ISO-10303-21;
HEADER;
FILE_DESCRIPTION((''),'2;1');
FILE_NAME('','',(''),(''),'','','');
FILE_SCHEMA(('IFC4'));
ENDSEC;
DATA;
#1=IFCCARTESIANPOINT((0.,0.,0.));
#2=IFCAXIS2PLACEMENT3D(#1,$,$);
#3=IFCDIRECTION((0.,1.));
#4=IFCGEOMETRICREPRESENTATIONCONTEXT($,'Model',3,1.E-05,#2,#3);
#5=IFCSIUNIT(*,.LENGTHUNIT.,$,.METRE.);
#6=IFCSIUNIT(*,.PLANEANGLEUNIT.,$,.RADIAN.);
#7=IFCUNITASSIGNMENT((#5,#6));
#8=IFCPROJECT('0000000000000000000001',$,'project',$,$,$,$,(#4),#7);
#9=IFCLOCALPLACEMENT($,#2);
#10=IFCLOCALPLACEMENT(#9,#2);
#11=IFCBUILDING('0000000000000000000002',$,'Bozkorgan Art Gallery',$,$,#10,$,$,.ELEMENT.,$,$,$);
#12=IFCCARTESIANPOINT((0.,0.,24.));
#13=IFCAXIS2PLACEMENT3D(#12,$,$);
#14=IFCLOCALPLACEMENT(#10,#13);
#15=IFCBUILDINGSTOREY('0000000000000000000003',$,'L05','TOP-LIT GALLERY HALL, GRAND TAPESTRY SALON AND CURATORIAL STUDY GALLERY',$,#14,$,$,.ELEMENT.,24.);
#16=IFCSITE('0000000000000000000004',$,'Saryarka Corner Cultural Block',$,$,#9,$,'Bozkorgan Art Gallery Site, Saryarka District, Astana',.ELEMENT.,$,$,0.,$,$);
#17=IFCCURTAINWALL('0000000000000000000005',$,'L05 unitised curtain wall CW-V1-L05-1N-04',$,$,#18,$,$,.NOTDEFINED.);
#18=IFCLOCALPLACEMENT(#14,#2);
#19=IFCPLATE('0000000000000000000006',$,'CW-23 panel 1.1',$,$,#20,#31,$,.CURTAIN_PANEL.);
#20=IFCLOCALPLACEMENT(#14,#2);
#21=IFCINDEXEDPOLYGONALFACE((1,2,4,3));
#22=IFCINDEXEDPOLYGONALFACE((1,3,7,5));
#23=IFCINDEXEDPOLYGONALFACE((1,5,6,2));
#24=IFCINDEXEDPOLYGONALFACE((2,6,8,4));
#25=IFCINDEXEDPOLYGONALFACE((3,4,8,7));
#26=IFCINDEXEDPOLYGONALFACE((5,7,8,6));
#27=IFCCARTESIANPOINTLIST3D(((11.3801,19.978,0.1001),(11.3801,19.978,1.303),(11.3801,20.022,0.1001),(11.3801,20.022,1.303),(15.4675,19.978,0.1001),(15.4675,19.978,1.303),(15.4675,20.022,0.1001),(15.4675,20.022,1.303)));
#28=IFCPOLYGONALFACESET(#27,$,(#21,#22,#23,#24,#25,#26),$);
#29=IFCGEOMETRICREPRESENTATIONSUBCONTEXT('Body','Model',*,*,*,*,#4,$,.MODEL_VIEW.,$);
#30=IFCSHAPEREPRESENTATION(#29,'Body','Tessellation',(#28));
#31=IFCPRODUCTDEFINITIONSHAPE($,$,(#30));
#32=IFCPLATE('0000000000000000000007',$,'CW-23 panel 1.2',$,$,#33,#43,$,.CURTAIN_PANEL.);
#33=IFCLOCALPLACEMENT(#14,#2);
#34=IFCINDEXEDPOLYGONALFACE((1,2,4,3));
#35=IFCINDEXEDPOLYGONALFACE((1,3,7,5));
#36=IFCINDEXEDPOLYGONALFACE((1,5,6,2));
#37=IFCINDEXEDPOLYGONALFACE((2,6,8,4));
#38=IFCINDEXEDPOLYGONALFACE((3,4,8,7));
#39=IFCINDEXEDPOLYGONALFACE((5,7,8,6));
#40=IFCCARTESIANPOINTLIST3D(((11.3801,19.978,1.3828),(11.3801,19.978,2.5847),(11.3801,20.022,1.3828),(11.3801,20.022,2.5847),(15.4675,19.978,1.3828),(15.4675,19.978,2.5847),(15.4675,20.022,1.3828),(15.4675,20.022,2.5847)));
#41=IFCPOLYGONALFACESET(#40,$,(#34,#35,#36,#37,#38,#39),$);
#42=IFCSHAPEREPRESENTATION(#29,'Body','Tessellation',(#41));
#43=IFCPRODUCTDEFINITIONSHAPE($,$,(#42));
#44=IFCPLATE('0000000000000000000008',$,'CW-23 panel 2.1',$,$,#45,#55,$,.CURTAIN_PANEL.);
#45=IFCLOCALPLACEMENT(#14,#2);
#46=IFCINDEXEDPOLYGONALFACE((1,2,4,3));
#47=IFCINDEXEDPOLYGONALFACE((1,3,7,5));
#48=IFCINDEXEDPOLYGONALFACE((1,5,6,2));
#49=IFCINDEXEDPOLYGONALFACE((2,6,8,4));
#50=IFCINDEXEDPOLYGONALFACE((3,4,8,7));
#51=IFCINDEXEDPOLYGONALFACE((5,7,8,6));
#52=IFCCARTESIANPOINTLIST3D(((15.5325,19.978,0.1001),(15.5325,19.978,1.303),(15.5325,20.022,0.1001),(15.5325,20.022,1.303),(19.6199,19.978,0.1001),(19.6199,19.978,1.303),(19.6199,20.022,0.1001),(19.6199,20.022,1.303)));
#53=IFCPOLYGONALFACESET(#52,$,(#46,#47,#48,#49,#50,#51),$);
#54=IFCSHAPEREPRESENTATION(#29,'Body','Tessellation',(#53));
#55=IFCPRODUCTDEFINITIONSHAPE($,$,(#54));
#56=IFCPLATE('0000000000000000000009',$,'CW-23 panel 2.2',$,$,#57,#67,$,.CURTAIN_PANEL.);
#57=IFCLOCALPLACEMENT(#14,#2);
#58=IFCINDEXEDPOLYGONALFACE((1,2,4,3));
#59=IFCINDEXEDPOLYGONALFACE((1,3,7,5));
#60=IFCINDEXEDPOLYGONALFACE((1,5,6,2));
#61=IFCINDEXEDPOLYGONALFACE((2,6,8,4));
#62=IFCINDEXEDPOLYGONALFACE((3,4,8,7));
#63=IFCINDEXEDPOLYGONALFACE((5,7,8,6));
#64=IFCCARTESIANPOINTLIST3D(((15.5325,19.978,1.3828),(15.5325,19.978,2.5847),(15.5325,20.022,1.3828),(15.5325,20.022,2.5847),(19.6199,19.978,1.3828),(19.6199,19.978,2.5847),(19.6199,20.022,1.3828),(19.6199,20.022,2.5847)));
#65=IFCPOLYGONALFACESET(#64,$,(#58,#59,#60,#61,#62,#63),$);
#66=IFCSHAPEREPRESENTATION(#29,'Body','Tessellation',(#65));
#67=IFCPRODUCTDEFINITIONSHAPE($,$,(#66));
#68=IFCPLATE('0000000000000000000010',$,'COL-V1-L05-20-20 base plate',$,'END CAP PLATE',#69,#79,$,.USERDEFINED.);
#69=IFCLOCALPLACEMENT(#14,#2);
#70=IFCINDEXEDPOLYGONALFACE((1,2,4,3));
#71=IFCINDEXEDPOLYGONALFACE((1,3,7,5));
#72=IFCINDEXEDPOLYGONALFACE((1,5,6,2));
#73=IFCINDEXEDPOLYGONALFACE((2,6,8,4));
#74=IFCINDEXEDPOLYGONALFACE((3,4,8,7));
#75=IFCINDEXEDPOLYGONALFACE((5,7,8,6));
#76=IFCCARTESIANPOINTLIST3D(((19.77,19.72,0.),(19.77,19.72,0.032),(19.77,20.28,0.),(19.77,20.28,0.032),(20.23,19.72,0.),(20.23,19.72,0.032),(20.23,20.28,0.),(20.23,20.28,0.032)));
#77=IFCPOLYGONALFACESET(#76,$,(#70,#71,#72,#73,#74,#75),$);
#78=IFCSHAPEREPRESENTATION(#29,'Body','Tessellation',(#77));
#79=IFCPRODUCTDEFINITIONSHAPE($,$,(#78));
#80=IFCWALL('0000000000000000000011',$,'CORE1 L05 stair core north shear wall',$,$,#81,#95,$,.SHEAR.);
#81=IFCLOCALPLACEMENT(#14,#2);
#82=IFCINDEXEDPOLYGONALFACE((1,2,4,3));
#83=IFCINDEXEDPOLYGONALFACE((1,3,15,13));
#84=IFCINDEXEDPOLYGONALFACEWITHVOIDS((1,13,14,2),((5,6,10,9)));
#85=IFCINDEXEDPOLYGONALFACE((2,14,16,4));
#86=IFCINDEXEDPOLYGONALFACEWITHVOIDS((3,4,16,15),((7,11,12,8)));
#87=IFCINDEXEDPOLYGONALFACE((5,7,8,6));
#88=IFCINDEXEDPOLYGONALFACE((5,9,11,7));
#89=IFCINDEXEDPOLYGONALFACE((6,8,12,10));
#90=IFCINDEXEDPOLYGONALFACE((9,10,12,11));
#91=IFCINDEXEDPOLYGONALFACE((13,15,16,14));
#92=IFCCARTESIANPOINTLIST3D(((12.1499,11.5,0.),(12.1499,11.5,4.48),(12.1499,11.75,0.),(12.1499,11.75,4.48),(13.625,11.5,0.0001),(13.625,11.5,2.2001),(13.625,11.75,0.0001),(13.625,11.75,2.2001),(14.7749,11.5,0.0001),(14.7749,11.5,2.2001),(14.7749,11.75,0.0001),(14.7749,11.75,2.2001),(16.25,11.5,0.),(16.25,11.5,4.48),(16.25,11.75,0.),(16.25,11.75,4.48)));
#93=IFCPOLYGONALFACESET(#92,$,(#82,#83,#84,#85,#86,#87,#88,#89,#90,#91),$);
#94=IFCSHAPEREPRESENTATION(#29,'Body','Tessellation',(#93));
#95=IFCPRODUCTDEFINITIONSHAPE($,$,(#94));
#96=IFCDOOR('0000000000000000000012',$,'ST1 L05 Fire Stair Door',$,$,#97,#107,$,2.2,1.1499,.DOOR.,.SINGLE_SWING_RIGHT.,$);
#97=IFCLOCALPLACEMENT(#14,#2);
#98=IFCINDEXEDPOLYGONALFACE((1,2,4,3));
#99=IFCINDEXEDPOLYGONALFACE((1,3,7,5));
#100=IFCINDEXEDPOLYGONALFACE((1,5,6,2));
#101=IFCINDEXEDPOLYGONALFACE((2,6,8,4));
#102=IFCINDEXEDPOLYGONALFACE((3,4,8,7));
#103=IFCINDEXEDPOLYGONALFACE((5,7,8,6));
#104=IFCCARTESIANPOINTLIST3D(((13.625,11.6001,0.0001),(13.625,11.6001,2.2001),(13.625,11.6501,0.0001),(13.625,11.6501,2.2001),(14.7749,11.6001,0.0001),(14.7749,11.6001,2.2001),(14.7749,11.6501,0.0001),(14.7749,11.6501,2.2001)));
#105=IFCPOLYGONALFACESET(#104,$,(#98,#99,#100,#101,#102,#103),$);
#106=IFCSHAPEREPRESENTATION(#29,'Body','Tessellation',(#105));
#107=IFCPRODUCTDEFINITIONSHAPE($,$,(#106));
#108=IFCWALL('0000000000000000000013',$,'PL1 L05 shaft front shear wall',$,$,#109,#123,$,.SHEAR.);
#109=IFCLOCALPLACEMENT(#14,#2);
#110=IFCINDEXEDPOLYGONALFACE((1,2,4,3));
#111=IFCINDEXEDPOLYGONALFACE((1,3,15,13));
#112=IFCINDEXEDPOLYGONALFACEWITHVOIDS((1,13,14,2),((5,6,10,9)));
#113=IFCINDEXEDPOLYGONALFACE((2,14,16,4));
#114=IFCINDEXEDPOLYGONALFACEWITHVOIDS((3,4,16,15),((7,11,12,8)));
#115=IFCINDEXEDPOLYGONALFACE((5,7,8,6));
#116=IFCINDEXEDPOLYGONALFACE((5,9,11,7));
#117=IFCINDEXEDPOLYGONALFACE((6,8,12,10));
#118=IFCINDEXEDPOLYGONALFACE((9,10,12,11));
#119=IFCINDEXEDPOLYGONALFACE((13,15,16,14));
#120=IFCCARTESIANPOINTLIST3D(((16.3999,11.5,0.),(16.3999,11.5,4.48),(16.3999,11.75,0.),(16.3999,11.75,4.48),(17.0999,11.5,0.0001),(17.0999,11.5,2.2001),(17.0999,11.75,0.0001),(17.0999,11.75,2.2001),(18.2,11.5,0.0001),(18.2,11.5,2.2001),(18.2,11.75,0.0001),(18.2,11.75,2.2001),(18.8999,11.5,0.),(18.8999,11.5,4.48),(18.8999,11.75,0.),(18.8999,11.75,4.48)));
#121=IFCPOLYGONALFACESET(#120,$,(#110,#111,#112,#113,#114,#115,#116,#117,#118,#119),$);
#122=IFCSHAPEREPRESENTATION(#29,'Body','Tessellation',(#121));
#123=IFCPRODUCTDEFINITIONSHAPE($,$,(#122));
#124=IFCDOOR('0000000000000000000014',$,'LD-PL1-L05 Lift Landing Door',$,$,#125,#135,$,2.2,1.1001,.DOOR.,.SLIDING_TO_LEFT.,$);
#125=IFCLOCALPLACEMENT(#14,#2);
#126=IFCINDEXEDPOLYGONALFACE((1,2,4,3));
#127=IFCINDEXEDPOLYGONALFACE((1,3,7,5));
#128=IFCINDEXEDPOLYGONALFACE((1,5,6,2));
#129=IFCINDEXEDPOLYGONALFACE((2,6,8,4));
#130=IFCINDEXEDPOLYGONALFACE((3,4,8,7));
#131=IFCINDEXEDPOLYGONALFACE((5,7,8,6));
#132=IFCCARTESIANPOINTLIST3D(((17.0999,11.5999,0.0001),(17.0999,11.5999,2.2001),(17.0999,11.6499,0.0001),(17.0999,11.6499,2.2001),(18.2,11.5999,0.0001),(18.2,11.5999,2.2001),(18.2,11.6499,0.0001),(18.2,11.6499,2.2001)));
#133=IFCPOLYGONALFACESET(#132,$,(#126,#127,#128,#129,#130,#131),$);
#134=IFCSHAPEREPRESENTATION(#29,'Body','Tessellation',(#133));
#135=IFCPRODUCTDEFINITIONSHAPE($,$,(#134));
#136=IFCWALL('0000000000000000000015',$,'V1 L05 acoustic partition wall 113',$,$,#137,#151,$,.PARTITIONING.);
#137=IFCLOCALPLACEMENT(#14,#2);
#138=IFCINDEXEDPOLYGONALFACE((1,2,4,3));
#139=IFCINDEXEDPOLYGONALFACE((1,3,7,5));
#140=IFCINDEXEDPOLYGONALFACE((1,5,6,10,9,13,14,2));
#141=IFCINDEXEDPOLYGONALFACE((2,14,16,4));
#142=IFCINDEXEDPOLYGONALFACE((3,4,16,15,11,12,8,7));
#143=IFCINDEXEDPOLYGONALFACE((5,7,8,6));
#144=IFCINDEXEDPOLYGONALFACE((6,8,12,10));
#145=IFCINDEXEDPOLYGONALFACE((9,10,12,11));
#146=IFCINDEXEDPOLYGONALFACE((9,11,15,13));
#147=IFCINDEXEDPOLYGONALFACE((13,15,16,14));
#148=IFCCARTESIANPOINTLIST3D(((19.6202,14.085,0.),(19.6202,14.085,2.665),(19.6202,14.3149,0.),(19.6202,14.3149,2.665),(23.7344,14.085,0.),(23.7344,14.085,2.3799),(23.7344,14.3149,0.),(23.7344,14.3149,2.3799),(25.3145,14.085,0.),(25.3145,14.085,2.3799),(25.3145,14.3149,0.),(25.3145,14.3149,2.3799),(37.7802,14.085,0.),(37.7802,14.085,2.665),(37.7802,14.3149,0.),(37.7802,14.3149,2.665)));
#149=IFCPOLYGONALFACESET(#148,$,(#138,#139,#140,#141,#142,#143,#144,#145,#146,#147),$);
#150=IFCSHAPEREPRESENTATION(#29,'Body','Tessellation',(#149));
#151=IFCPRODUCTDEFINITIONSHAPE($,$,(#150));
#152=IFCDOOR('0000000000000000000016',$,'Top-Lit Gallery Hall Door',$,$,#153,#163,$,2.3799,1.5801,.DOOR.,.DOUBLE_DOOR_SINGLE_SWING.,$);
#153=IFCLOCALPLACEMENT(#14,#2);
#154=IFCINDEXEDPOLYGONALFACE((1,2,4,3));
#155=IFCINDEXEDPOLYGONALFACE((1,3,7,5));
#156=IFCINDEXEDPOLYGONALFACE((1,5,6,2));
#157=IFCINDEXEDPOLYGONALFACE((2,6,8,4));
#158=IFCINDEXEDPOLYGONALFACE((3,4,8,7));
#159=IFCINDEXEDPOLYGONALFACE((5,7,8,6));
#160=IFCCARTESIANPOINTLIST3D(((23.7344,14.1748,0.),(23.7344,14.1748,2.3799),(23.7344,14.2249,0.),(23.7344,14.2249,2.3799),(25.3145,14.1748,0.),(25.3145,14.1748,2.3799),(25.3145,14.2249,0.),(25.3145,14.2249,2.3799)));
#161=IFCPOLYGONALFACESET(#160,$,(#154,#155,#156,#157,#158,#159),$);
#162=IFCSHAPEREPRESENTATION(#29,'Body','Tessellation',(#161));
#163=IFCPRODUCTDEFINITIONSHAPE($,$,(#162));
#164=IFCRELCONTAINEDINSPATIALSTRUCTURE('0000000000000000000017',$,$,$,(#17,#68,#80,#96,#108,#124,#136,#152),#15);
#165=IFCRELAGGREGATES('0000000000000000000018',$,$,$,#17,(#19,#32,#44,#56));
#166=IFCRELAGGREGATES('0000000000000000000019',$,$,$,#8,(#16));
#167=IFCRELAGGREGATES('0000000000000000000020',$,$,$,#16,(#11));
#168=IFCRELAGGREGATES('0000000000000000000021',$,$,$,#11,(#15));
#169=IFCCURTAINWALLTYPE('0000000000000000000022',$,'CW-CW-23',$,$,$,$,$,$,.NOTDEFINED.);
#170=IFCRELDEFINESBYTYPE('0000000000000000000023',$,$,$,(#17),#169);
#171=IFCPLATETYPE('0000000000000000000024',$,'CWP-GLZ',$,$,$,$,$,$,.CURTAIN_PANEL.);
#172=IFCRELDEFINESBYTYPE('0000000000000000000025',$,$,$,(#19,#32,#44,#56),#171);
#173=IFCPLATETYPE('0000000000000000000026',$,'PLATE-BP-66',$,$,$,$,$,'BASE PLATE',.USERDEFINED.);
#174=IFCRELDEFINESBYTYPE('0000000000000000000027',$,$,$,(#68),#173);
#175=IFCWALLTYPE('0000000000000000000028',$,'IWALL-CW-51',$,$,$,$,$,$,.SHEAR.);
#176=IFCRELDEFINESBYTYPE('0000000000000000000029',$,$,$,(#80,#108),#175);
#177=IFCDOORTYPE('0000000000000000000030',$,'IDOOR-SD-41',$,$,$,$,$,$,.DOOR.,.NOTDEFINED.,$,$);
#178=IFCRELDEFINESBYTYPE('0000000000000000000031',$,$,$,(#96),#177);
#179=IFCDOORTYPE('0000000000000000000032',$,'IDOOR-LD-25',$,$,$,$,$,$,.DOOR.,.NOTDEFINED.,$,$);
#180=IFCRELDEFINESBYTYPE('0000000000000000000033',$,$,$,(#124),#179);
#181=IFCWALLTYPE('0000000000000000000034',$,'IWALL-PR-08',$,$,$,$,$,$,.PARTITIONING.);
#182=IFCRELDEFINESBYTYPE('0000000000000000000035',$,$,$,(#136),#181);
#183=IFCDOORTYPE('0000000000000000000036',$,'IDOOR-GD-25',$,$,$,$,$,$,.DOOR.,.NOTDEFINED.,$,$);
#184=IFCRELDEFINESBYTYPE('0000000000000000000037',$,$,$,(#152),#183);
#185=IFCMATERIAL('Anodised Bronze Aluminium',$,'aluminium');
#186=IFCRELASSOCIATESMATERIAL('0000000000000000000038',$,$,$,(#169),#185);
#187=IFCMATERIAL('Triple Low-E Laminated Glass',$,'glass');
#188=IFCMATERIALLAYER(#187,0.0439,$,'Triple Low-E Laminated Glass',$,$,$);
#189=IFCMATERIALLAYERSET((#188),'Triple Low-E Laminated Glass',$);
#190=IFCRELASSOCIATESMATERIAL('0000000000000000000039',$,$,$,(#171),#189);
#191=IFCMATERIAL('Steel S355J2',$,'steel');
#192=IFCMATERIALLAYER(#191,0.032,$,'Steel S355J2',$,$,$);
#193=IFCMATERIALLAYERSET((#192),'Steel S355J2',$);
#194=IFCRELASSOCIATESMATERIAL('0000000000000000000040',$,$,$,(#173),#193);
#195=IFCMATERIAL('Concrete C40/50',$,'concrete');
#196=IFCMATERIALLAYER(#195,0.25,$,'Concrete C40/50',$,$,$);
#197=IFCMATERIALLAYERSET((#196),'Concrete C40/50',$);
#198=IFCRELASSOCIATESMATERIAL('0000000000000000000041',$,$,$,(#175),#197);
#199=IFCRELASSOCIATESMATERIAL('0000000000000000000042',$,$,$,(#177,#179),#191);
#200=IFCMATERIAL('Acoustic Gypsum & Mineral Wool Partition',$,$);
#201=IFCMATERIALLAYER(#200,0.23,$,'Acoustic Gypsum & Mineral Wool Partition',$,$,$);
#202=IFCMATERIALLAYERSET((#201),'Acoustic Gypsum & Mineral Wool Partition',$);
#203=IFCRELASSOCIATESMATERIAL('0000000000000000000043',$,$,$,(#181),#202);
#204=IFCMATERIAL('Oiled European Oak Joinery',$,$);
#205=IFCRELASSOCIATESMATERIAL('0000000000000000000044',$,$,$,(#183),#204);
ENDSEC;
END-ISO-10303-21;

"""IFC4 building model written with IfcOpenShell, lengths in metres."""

from ifc_helpers import new_model, si_unit, direction, frame, frame_2d, origin, origin_2d, place, context, subcontext, project, spatial, rectangle, extrude, material, layer, layer_set, type_object, element, fill, aggregate, save


model = new_model("IFC4")

# Units and contexts
model_context = context("Model", 3, precision=1e-05, world=origin(), true_north=direction((0.0, 1.0)))
body_context = subcontext(model_context, "Body", "Model", "MODEL_VIEW")
ifc_project = project(units=[si_unit("LENGTHUNIT", "METRE"), si_unit("PLANEANGLEUNIT", "RADIAN")], contexts=[model_context])

# Site, building, storey
site_placement = place(None, origin())
site = spatial("IfcSite", under=ifc_project, at=site_placement, Name="Saryarka Corner Cultural Block", LongName="Bozkorgan Art Gallery Site, Saryarka District, Astana", CompositionType="ELEMENT", RefElevation=0.0)
building_placement = place(site_placement, origin())
building = spatial("IfcBuilding", under=site, at=building_placement, Name="Bozkorgan Art Gallery", CompositionType="ELEMENT")
storey_placement = place(building_placement, frame((0.0, 0.0, 24.0)))
storey = spatial("IfcBuildingStorey", under=building, at=storey_placement, Name="L05", Description="TOP-LIT GALLERY HALL, GRAND TAPESTRY SALON AND CURATORIAL STUDY GALLERY", CompositionType="ELEMENT", Elevation=24.0)

# Shared definitions
ifc_material_1 = material(Name="Steel S355J2", Category="steel")

# Curtain wall
ifc_material_2 = material(Name="Anodised Bronze Aluminium", Category="aluminium")
curtain_wall_type = type_object("IfcCurtainWallType", Name="CW-CW-23", PredefinedType="NOTDEFINED", material=ifc_material_2)
curtain_wall_1_placement = place(storey_placement, origin())
curtain_wall_1 = element("IfcCurtainWall", 1, at=curtain_wall_1_placement, inside=storey, type_object=curtain_wall_type, Name="L05 unitised curtain wall CW-V1-L05-1N-04", PredefinedType="NOTDEFINED")

# Plates
ifc_material_3 = material(Name="Triple Low-E Laminated Glass", Category="glass")
ifc_layer_1 = layer(ifc_material_3, 0.0439, Name="Triple Low-E Laminated Glass")
ifc_layer_set_1 = layer_set([ifc_layer_1], Name="Triple Low-E Laminated Glass")
plate_type_1 = type_object("IfcPlateType", Name="CWP-GLZ", PredefinedType="CURTAIN_PANEL", material=ifc_layer_set_1)
plate_1_placement = place(storey_placement, frame((13.4238, 20.0, 0.1001), z_axis=(0.0, 0.0, 1.0), x_axis=(1.0, 0.0, 0.0)))
plate_1 = element("IfcPlate", 2, at=plate_1_placement, type_object=plate_type_1, Name="CW-23 panel 1.1", PredefinedType="CURTAIN_PANEL", context=body_context, shape_type="SweptSolid", body=[
    extrude(rectangle(XDim=4.0874, YDim=0.0439, at=origin_2d()), origin(), (0.0, 0.0, 1.0), 1.2029),
])
plate_2_placement = place(storey_placement, frame((13.4238, 20.0, 1.3828), z_axis=(0.0, 0.0, 1.0), x_axis=(1.0, 0.0, 0.0)))
plate_2 = element("IfcPlate", 3, at=plate_2_placement, type_object=plate_type_1, Name="CW-23 panel 1.2", PredefinedType="CURTAIN_PANEL", context=body_context, shape_type="SweptSolid", body=[
    extrude(rectangle(XDim=4.0874, YDim=0.0439, at=origin_2d()), origin(), (0.0, 0.0, 1.0), 1.2019),
])
plate_3_placement = place(storey_placement, frame((17.5762, 20.0, 0.1001), z_axis=(0.0, 0.0, 1.0), x_axis=(1.0, 0.0, 0.0)))
plate_3 = element("IfcPlate", 4, at=plate_3_placement, type_object=plate_type_1, Name="CW-23 panel 2.1", PredefinedType="CURTAIN_PANEL", context=body_context, shape_type="SweptSolid", body=[
    extrude(rectangle(XDim=4.0874, YDim=0.0439, at=origin_2d()), origin(), (0.0, 0.0, 1.0), 1.2029),
])
plate_4_placement = place(storey_placement, frame((17.5762, 20.0, 1.3828), z_axis=(0.0, 0.0, 1.0), x_axis=(1.0, 0.0, 0.0)))
plate_4 = element("IfcPlate", 5, at=plate_4_placement, type_object=plate_type_1, Name="CW-23 panel 2.2", PredefinedType="CURTAIN_PANEL", context=body_context, shape_type="SweptSolid", body=[
    extrude(rectangle(XDim=4.0874, YDim=0.0439, at=origin_2d()), origin(), (0.0, 0.0, 1.0), 1.2019),
])
aggregate(curtain_wall_1, [plate_1, plate_2, plate_3, plate_4])
ifc_layer_2 = layer(ifc_material_1, 0.032, Name="Steel S355J2")
ifc_layer_set_2 = layer_set([ifc_layer_2], Name="Steel S355J2")
plate_type_2 = type_object("IfcPlateType", Name="PLATE-BP-66", ElementType="BASE PLATE", PredefinedType="USERDEFINED", material=ifc_layer_set_2)
plate_5_placement = place(storey_placement, frame((20.0, 20.0, 0.0), z_axis=(0.0, 0.0, 1.0), x_axis=(1.0, 0.0, 0.0)))
element("IfcPlate", 6, at=plate_5_placement, inside=storey, type_object=plate_type_2, Name="COL-V1-L05-20-20 base plate", ObjectType="END CAP PLATE", PredefinedType="USERDEFINED", context=body_context, shape_type="SweptSolid", body=[
    extrude(rectangle(XDim=0.46, YDim=0.5601, at=origin_2d()), origin(), (0.0, 0.0, 1.0), 0.032),
])

# Walls, openings, doors
ifc_material_4 = material(Name="Concrete C40/50", Category="concrete")
ifc_layer_3 = layer(ifc_material_4, 0.25, Name="Concrete C40/50")
ifc_layer_set_3 = layer_set([ifc_layer_3], Name="Concrete C40/50")
wall_type_1 = type_object("IfcWallType", Name="IWALL-CW-51", PredefinedType="SHEAR", material=ifc_layer_set_3)
wall_1_placement = place(storey_placement, frame((12.1499, 11.625, 0.0), z_axis=(0.0, 0.0, 1.0), x_axis=(1.0, 0.0, 0.0)))
wall_1 = element("IfcWall", 7, at=wall_1_placement, inside=storey, type_object=wall_type_1, Name="CORE1 L05 stair core north shear wall", PredefinedType="SHEAR", context=body_context, shape_type="SweptSolid", body=[
    extrude(rectangle(XDim=4.1001, YDim=0.25, at=frame_2d((2.05, 0.0))), origin(), (0.0, 0.0, 1.0), 4.48),
])
opening_1_placement = place(wall_1_placement, frame((2.625, 0.0, 0.0), z_axis=(0.0, 0.0, 1.0), x_axis=(-1.0, 0.0, 0.0)))
opening_1 = element("IfcOpeningElement", 8, at=opening_1_placement, cuts=wall_1, PredefinedType="OPENING", context=body_context, shape_type="SweptSolid", body=[
    extrude(rectangle(XDim=1.1499, YDim=2.2, at=frame_2d((0.575, 1.1001))), frame((0.0, 0.135, 0.0), z_axis=(0.0, -1.0, 0.0), x_axis=(1.0, 0.0, 0.0)), (0.0, 0.0, 1.0), 0.27),
])
door_type_1 = type_object("IfcDoorType", Name="IDOOR-SD-41", OperationType="NOTDEFINED", PredefinedType="DOOR", material=ifc_material_1)
door_1_placement = place(opening_1_placement, origin())
door_1 = element("IfcDoor", 9, at=door_1_placement, inside=storey, type_object=door_type_1, Name="ST1 L05 Fire Stair Door", OperationType="SINGLE_SWING_RIGHT", OverallHeight=2.2, OverallWidth=1.1499, PredefinedType="DOOR", context=body_context, shape_type="SweptSolid", body=[
    extrude(rectangle(XDim=1.1499, YDim=2.2, at=frame_2d((0.575, 1.1001))), frame((0.0, 0.0249, 0.0), z_axis=(0.0, -1.0, 0.0), x_axis=(1.0, 0.0, 0.0)), (0.0, 0.0, 1.0), 0.05),
])
fill(opening_1, door_1)
wall_2_placement = place(storey_placement, frame((16.3999, 11.625, 0.0), z_axis=(0.0, 0.0, 1.0), x_axis=(1.0, 0.0, 0.0)))
wall_2 = element("IfcWall", 10, at=wall_2_placement, inside=storey, type_object=wall_type_1, Name="PL1 L05 shaft front shear wall", PredefinedType="SHEAR", context=body_context, shape_type="SweptSolid", body=[
    extrude(rectangle(XDim=2.5, YDim=0.25, at=frame_2d((1.25, 0.0))), origin(), (0.0, 0.0, 1.0), 4.48),
])
opening_2_placement = place(wall_2_placement, frame((0.7, 0.0, 0.0)))
opening_2 = element("IfcOpeningElement", 11, at=opening_2_placement, cuts=wall_2, PredefinedType="OPENING", context=body_context, shape_type="SweptSolid", body=[
    extrude(rectangle(XDim=1.1001, YDim=2.2, at=frame_2d((0.55, 1.1001))), frame((0.0, 0.135, 0.0), z_axis=(0.0, -1.0, 0.0), x_axis=(1.0, 0.0, 0.0)), (0.0, 0.0, 1.0), 0.27),
])
door_type_2 = type_object("IfcDoorType", Name="IDOOR-LD-25", OperationType="NOTDEFINED", PredefinedType="DOOR", material=ifc_material_1)
door_2_placement = place(opening_2_placement, origin())
door_2 = element("IfcDoor", 12, at=door_2_placement, inside=storey, type_object=door_type_2, Name="LD-PL1-L05 Lift Landing Door", OperationType="SLIDING_TO_LEFT", OverallHeight=2.2, OverallWidth=1.1001, PredefinedType="DOOR", context=body_context, shape_type="SweptSolid", body=[
    extrude(rectangle(XDim=1.1001, YDim=2.2, at=frame_2d((0.55, 1.1001))), frame((0.0, 0.0249, 0.0), z_axis=(0.0, -1.0, 0.0), x_axis=(1.0, 0.0, 0.0)), (0.0, 0.0, 1.0), 0.05),
])
fill(opening_2, door_2)
ifc_material_5 = material(Name="Acoustic Gypsum & Mineral Wool Partition")
ifc_layer_4 = layer(ifc_material_5, 0.23, Name="Acoustic Gypsum & Mineral Wool Partition")
ifc_layer_set_4 = layer_set([ifc_layer_4], Name="Acoustic Gypsum & Mineral Wool Partition")
wall_type_2 = type_object("IfcWallType", Name="IWALL-PR-08", PredefinedType="PARTITIONING", material=ifc_layer_set_4)
wall_3_placement = place(storey_placement, frame((19.6201, 14.2, 0.0), z_axis=(0.0, 0.0, 1.0), x_axis=(1.0, 0.0, 0.0)))
wall_3 = element("IfcWall", 13, at=wall_3_placement, inside=storey, type_object=wall_type_2, Name="V1 L05 acoustic partition wall 113", PredefinedType="PARTITIONING", context=body_context, shape_type="SweptSolid", body=[
    extrude(rectangle(XDim=18.1599, YDim=0.23, at=frame_2d((9.0801, 0.0))), origin(), (0.0, 0.0, 1.0), 2.665),
])
opening_3_placement = place(wall_3_placement, frame((4.1143, 0.0, 0.0)))
opening_3 = element("IfcOpeningElement", 14, at=opening_3_placement, cuts=wall_3, PredefinedType="OPENING", context=body_context, shape_type="SweptSolid", body=[
    extrude(rectangle(XDim=1.5801, YDim=2.3799, at=frame_2d((0.79, 1.1899))), frame((0.0, 0.125, 0.0), z_axis=(0.0, -1.0, 0.0), x_axis=(1.0, 0.0, 0.0)), (0.0, 0.0, 1.0), 0.25),
])
ifc_material_6 = material(Name="Oiled European Oak Joinery")
door_type_3 = type_object("IfcDoorType", Name="IDOOR-GD-25", OperationType="NOTDEFINED", PredefinedType="DOOR", material=ifc_material_6)
door_3_placement = place(opening_3_placement, origin())
door_3 = element("IfcDoor", 15, at=door_3_placement, inside=storey, type_object=door_type_3, Name="Top-Lit Gallery Hall Door", OperationType="DOUBLE_DOOR_SINGLE_SWING", OverallHeight=2.3799, OverallWidth=1.5801, PredefinedType="DOOR", context=body_context, shape_type="SweptSolid", body=[
    extrude(rectangle(XDim=1.5801, YDim=2.3799, at=frame_2d((0.79, 1.1899))), frame((0.0, 0.0249, 0.0), z_axis=(0.0, -1.0, 0.0), x_axis=(1.0, 0.0, 0.0)), (0.0, 0.0, 1.0), 0.05),
])
fill(opening_3, door_3)

save(model, "model.ifc")
